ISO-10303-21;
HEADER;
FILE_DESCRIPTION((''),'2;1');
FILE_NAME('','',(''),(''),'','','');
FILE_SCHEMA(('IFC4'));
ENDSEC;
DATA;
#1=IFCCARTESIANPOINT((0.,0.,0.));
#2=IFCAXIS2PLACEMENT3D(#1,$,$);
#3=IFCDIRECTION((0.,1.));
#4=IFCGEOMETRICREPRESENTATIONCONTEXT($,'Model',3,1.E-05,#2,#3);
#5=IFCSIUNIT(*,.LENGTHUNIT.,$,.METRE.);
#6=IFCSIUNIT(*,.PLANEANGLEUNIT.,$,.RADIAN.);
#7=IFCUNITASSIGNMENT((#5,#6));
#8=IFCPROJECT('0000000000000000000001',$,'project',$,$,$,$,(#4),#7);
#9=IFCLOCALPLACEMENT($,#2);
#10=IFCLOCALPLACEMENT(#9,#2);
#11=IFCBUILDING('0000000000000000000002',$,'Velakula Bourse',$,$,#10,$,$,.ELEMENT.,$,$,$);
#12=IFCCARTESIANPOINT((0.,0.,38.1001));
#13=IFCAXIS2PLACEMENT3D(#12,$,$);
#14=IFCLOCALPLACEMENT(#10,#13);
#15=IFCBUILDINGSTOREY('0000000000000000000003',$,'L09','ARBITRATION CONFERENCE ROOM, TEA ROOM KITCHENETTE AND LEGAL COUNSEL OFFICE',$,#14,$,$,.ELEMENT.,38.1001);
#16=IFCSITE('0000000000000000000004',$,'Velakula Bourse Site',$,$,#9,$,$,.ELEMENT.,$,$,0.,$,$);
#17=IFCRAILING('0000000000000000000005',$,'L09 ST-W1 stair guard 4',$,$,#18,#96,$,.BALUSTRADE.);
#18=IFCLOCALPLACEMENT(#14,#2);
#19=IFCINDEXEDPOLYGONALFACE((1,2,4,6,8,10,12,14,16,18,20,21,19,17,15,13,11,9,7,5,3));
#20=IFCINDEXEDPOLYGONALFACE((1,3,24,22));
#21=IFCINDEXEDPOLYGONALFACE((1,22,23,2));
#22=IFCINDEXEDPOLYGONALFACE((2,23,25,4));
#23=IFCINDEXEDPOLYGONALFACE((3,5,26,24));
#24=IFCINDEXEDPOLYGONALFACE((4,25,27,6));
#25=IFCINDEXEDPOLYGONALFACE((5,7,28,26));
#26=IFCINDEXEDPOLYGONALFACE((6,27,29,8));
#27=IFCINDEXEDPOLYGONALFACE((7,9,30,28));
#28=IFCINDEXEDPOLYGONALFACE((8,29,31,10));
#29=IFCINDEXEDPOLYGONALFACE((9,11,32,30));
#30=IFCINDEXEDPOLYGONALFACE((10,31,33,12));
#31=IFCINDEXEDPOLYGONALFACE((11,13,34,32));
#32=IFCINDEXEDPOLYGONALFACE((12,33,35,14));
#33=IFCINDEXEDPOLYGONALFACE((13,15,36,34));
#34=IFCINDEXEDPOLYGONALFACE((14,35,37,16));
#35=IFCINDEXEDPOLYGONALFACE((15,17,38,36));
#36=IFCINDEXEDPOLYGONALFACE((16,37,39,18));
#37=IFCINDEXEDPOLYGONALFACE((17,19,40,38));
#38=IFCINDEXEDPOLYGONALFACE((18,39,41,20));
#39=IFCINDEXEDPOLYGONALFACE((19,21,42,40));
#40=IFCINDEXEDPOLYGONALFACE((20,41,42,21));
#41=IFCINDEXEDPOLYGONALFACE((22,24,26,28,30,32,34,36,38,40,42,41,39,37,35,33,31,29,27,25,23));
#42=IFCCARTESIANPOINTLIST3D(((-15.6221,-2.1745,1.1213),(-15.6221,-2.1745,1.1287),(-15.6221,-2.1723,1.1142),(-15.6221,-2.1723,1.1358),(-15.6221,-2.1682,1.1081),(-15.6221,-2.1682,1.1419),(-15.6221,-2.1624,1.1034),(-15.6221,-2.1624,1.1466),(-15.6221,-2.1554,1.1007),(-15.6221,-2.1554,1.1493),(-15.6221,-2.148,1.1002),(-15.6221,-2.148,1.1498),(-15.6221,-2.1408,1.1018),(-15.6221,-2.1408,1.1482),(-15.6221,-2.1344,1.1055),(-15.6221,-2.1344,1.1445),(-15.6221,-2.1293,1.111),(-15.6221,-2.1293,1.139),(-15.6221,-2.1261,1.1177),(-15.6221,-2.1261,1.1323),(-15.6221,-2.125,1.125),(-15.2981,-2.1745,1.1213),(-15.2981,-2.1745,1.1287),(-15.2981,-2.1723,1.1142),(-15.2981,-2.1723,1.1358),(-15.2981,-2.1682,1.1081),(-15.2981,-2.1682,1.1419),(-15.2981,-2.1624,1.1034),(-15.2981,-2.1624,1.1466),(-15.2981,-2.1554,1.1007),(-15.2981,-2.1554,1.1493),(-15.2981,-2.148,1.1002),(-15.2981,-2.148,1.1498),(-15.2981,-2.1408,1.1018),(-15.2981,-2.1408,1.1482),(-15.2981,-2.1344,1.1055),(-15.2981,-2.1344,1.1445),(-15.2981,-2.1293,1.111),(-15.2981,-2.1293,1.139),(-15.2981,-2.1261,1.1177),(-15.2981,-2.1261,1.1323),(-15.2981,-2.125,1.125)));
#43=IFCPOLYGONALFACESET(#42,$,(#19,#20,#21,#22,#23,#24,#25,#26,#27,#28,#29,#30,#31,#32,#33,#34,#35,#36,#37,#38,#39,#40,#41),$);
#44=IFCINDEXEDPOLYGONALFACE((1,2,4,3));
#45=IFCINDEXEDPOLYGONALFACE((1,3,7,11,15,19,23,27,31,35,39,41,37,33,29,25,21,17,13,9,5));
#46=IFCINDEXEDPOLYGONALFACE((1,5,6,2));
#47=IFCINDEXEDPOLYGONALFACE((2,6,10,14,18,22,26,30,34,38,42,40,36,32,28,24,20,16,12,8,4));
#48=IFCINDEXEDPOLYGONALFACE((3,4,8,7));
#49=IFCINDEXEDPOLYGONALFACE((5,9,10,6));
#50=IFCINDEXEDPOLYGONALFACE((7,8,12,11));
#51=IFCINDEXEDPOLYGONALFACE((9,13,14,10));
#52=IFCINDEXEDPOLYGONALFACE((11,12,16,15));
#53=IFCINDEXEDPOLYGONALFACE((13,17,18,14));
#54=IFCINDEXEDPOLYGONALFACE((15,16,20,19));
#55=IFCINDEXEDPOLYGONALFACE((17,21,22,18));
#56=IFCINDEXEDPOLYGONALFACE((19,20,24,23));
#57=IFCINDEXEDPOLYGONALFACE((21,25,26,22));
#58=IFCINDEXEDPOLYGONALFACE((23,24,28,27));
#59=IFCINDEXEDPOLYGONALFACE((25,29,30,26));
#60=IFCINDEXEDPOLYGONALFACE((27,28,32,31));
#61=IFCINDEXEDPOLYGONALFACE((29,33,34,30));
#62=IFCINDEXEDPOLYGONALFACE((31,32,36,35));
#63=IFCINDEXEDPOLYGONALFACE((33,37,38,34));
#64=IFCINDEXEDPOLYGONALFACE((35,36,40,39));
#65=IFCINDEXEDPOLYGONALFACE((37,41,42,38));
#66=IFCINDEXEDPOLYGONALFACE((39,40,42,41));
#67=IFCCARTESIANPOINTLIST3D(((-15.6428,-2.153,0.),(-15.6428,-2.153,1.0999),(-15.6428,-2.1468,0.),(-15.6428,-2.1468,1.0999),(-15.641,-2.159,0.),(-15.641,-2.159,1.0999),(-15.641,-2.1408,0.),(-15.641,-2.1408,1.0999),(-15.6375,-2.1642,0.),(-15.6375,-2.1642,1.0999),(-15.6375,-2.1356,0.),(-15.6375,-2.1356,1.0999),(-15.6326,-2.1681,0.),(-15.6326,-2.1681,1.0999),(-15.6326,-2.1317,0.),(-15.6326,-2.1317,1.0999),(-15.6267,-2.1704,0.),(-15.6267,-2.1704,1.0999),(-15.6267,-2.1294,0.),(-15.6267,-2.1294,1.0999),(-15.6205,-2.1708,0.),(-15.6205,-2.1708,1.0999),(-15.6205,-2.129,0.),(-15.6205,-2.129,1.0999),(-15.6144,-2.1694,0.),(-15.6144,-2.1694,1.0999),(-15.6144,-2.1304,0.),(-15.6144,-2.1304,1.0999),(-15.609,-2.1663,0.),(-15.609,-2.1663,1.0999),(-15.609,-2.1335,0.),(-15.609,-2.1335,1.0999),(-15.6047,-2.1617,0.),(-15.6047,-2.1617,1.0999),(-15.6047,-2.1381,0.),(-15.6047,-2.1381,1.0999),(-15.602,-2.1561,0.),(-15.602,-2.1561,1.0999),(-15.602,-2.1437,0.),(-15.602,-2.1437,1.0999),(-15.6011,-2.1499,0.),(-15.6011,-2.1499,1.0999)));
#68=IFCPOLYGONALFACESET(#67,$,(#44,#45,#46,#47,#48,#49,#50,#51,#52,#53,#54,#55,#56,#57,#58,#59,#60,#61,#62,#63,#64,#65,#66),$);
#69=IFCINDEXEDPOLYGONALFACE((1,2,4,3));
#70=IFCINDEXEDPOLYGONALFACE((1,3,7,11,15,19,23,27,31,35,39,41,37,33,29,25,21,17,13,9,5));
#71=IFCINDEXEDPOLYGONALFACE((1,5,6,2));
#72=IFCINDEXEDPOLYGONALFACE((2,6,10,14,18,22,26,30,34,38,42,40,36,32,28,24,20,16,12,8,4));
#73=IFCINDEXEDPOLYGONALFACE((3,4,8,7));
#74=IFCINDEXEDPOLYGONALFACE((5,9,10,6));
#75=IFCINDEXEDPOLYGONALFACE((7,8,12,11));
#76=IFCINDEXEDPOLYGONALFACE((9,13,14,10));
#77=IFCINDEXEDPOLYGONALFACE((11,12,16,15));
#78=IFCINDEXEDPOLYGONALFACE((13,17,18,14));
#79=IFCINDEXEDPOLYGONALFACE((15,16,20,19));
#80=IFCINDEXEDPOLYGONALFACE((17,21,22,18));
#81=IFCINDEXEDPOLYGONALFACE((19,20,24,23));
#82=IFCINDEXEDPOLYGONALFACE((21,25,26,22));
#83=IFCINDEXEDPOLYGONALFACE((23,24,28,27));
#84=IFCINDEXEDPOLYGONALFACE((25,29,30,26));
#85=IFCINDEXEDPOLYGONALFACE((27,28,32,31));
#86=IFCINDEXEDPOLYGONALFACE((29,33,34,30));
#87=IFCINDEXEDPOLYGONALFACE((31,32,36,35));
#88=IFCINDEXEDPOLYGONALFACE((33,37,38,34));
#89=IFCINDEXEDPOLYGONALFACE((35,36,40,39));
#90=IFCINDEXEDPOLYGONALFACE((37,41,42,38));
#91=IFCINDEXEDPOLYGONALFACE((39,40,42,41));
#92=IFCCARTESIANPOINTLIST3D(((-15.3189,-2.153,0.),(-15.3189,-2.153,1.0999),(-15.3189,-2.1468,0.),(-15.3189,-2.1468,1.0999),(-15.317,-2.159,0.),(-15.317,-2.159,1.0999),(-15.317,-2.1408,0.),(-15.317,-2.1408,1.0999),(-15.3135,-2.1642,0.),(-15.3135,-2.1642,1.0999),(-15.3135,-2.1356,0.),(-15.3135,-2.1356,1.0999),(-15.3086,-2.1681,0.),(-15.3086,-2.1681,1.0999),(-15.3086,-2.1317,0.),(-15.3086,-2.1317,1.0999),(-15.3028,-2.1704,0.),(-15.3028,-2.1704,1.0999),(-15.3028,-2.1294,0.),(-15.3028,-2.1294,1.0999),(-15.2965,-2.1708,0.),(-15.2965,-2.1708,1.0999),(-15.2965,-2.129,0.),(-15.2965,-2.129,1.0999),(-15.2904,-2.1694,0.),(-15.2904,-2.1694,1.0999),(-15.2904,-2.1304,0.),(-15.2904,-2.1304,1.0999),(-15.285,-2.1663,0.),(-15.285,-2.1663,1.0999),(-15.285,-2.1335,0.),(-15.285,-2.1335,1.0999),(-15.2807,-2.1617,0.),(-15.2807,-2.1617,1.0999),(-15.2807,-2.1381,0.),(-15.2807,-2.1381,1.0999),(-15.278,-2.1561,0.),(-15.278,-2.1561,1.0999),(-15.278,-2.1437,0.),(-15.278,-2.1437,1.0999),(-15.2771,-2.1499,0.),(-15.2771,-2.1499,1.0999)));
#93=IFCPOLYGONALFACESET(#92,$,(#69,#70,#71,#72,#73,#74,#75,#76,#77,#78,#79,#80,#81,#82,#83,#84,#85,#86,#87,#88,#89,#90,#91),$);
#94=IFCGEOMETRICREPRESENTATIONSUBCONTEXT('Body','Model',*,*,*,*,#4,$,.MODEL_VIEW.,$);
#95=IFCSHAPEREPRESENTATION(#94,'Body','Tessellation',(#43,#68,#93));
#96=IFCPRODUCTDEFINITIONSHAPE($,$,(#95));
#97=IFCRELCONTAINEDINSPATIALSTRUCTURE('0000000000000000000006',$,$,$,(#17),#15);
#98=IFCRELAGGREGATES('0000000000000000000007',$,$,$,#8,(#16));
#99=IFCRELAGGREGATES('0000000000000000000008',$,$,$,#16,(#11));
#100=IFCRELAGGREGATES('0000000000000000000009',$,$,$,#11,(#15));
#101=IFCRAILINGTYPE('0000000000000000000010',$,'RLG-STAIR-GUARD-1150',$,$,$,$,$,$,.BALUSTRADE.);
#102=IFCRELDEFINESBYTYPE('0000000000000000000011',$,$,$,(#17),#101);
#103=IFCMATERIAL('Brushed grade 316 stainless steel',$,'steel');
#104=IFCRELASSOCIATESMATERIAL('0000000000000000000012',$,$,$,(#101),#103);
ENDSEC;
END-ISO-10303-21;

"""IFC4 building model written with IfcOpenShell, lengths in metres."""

from ifc_helpers import new_model, si_unit, direction, frame, origin, origin_2d, place, context, subcontext, project, spatial, circle, extrude, material, type_object, element, save


model = new_model("IFC4")

# Units and contexts
model_context = context("Model", 3, precision=1e-05, world=origin(), true_north=direction((0.0, 1.0)))
body_context = subcontext(model_context, "Body", "Model", "MODEL_VIEW")
ifc_project = project(units=[si_unit("LENGTHUNIT", "METRE"), si_unit("PLANEANGLEUNIT", "RADIAN")], contexts=[model_context])

# Site, building, storey
site_placement = place(None, origin())
site = spatial("IfcSite", under=ifc_project, at=site_placement, Name="Velakula Bourse Site", CompositionType="ELEMENT", RefElevation=0.0)
building_placement = place(site_placement, origin())
building = spatial("IfcBuilding", under=site, at=building_placement, Name="Velakula Bourse", CompositionType="ELEMENT")
storey_placement = place(building_placement, frame((0.0, 0.0, 38.1001)))
storey = spatial("IfcBuildingStorey", under=building, at=storey_placement, Name="L09", Description="ARBITRATION CONFERENCE ROOM, TEA ROOM KITCHENETTE AND LEGAL COUNSEL OFFICE", CompositionType="ELEMENT", Elevation=38.1001)

# Shared definitions
ifc_material_1 = material(Name="Brushed grade 316 stainless steel", Category="steel")

# Railing
railing_type_1 = type_object("IfcRailingType", Name="RLG-STAIR-GUARD-1150", PredefinedType="BALUSTRADE", material=ifc_material_1)
railing_1_placement = place(storey_placement, frame((-15.6221, -2.1499, 0.0)))
element("IfcRailing", 1, at=railing_1_placement, inside=storey, type_object=railing_type_1, Name="L09 ST-W1 stair guard 4", PredefinedType="BALUSTRADE", context=body_context, shape_type="SweptSolid", body=[
    extrude(circle(Radius=0.0249, at=origin_2d()), frame((0.0, 0.0, 1.125), z_axis=(1.0, 0.0, 0.0), x_axis=(0.0, 1.0, 0.0)), (0.0, 0.0, 1.0), 0.324),
    extrude(circle(Radius=0.021, at=origin_2d()), origin(), (0.0, 0.0, 1.0), 1.0999),
    extrude(circle(Radius=0.021, at=origin_2d()), frame((0.324, 0.0, 0.0)), (0.0, 0.0, 1.0), 1.0999),
])

save(model, "model.ifc")
